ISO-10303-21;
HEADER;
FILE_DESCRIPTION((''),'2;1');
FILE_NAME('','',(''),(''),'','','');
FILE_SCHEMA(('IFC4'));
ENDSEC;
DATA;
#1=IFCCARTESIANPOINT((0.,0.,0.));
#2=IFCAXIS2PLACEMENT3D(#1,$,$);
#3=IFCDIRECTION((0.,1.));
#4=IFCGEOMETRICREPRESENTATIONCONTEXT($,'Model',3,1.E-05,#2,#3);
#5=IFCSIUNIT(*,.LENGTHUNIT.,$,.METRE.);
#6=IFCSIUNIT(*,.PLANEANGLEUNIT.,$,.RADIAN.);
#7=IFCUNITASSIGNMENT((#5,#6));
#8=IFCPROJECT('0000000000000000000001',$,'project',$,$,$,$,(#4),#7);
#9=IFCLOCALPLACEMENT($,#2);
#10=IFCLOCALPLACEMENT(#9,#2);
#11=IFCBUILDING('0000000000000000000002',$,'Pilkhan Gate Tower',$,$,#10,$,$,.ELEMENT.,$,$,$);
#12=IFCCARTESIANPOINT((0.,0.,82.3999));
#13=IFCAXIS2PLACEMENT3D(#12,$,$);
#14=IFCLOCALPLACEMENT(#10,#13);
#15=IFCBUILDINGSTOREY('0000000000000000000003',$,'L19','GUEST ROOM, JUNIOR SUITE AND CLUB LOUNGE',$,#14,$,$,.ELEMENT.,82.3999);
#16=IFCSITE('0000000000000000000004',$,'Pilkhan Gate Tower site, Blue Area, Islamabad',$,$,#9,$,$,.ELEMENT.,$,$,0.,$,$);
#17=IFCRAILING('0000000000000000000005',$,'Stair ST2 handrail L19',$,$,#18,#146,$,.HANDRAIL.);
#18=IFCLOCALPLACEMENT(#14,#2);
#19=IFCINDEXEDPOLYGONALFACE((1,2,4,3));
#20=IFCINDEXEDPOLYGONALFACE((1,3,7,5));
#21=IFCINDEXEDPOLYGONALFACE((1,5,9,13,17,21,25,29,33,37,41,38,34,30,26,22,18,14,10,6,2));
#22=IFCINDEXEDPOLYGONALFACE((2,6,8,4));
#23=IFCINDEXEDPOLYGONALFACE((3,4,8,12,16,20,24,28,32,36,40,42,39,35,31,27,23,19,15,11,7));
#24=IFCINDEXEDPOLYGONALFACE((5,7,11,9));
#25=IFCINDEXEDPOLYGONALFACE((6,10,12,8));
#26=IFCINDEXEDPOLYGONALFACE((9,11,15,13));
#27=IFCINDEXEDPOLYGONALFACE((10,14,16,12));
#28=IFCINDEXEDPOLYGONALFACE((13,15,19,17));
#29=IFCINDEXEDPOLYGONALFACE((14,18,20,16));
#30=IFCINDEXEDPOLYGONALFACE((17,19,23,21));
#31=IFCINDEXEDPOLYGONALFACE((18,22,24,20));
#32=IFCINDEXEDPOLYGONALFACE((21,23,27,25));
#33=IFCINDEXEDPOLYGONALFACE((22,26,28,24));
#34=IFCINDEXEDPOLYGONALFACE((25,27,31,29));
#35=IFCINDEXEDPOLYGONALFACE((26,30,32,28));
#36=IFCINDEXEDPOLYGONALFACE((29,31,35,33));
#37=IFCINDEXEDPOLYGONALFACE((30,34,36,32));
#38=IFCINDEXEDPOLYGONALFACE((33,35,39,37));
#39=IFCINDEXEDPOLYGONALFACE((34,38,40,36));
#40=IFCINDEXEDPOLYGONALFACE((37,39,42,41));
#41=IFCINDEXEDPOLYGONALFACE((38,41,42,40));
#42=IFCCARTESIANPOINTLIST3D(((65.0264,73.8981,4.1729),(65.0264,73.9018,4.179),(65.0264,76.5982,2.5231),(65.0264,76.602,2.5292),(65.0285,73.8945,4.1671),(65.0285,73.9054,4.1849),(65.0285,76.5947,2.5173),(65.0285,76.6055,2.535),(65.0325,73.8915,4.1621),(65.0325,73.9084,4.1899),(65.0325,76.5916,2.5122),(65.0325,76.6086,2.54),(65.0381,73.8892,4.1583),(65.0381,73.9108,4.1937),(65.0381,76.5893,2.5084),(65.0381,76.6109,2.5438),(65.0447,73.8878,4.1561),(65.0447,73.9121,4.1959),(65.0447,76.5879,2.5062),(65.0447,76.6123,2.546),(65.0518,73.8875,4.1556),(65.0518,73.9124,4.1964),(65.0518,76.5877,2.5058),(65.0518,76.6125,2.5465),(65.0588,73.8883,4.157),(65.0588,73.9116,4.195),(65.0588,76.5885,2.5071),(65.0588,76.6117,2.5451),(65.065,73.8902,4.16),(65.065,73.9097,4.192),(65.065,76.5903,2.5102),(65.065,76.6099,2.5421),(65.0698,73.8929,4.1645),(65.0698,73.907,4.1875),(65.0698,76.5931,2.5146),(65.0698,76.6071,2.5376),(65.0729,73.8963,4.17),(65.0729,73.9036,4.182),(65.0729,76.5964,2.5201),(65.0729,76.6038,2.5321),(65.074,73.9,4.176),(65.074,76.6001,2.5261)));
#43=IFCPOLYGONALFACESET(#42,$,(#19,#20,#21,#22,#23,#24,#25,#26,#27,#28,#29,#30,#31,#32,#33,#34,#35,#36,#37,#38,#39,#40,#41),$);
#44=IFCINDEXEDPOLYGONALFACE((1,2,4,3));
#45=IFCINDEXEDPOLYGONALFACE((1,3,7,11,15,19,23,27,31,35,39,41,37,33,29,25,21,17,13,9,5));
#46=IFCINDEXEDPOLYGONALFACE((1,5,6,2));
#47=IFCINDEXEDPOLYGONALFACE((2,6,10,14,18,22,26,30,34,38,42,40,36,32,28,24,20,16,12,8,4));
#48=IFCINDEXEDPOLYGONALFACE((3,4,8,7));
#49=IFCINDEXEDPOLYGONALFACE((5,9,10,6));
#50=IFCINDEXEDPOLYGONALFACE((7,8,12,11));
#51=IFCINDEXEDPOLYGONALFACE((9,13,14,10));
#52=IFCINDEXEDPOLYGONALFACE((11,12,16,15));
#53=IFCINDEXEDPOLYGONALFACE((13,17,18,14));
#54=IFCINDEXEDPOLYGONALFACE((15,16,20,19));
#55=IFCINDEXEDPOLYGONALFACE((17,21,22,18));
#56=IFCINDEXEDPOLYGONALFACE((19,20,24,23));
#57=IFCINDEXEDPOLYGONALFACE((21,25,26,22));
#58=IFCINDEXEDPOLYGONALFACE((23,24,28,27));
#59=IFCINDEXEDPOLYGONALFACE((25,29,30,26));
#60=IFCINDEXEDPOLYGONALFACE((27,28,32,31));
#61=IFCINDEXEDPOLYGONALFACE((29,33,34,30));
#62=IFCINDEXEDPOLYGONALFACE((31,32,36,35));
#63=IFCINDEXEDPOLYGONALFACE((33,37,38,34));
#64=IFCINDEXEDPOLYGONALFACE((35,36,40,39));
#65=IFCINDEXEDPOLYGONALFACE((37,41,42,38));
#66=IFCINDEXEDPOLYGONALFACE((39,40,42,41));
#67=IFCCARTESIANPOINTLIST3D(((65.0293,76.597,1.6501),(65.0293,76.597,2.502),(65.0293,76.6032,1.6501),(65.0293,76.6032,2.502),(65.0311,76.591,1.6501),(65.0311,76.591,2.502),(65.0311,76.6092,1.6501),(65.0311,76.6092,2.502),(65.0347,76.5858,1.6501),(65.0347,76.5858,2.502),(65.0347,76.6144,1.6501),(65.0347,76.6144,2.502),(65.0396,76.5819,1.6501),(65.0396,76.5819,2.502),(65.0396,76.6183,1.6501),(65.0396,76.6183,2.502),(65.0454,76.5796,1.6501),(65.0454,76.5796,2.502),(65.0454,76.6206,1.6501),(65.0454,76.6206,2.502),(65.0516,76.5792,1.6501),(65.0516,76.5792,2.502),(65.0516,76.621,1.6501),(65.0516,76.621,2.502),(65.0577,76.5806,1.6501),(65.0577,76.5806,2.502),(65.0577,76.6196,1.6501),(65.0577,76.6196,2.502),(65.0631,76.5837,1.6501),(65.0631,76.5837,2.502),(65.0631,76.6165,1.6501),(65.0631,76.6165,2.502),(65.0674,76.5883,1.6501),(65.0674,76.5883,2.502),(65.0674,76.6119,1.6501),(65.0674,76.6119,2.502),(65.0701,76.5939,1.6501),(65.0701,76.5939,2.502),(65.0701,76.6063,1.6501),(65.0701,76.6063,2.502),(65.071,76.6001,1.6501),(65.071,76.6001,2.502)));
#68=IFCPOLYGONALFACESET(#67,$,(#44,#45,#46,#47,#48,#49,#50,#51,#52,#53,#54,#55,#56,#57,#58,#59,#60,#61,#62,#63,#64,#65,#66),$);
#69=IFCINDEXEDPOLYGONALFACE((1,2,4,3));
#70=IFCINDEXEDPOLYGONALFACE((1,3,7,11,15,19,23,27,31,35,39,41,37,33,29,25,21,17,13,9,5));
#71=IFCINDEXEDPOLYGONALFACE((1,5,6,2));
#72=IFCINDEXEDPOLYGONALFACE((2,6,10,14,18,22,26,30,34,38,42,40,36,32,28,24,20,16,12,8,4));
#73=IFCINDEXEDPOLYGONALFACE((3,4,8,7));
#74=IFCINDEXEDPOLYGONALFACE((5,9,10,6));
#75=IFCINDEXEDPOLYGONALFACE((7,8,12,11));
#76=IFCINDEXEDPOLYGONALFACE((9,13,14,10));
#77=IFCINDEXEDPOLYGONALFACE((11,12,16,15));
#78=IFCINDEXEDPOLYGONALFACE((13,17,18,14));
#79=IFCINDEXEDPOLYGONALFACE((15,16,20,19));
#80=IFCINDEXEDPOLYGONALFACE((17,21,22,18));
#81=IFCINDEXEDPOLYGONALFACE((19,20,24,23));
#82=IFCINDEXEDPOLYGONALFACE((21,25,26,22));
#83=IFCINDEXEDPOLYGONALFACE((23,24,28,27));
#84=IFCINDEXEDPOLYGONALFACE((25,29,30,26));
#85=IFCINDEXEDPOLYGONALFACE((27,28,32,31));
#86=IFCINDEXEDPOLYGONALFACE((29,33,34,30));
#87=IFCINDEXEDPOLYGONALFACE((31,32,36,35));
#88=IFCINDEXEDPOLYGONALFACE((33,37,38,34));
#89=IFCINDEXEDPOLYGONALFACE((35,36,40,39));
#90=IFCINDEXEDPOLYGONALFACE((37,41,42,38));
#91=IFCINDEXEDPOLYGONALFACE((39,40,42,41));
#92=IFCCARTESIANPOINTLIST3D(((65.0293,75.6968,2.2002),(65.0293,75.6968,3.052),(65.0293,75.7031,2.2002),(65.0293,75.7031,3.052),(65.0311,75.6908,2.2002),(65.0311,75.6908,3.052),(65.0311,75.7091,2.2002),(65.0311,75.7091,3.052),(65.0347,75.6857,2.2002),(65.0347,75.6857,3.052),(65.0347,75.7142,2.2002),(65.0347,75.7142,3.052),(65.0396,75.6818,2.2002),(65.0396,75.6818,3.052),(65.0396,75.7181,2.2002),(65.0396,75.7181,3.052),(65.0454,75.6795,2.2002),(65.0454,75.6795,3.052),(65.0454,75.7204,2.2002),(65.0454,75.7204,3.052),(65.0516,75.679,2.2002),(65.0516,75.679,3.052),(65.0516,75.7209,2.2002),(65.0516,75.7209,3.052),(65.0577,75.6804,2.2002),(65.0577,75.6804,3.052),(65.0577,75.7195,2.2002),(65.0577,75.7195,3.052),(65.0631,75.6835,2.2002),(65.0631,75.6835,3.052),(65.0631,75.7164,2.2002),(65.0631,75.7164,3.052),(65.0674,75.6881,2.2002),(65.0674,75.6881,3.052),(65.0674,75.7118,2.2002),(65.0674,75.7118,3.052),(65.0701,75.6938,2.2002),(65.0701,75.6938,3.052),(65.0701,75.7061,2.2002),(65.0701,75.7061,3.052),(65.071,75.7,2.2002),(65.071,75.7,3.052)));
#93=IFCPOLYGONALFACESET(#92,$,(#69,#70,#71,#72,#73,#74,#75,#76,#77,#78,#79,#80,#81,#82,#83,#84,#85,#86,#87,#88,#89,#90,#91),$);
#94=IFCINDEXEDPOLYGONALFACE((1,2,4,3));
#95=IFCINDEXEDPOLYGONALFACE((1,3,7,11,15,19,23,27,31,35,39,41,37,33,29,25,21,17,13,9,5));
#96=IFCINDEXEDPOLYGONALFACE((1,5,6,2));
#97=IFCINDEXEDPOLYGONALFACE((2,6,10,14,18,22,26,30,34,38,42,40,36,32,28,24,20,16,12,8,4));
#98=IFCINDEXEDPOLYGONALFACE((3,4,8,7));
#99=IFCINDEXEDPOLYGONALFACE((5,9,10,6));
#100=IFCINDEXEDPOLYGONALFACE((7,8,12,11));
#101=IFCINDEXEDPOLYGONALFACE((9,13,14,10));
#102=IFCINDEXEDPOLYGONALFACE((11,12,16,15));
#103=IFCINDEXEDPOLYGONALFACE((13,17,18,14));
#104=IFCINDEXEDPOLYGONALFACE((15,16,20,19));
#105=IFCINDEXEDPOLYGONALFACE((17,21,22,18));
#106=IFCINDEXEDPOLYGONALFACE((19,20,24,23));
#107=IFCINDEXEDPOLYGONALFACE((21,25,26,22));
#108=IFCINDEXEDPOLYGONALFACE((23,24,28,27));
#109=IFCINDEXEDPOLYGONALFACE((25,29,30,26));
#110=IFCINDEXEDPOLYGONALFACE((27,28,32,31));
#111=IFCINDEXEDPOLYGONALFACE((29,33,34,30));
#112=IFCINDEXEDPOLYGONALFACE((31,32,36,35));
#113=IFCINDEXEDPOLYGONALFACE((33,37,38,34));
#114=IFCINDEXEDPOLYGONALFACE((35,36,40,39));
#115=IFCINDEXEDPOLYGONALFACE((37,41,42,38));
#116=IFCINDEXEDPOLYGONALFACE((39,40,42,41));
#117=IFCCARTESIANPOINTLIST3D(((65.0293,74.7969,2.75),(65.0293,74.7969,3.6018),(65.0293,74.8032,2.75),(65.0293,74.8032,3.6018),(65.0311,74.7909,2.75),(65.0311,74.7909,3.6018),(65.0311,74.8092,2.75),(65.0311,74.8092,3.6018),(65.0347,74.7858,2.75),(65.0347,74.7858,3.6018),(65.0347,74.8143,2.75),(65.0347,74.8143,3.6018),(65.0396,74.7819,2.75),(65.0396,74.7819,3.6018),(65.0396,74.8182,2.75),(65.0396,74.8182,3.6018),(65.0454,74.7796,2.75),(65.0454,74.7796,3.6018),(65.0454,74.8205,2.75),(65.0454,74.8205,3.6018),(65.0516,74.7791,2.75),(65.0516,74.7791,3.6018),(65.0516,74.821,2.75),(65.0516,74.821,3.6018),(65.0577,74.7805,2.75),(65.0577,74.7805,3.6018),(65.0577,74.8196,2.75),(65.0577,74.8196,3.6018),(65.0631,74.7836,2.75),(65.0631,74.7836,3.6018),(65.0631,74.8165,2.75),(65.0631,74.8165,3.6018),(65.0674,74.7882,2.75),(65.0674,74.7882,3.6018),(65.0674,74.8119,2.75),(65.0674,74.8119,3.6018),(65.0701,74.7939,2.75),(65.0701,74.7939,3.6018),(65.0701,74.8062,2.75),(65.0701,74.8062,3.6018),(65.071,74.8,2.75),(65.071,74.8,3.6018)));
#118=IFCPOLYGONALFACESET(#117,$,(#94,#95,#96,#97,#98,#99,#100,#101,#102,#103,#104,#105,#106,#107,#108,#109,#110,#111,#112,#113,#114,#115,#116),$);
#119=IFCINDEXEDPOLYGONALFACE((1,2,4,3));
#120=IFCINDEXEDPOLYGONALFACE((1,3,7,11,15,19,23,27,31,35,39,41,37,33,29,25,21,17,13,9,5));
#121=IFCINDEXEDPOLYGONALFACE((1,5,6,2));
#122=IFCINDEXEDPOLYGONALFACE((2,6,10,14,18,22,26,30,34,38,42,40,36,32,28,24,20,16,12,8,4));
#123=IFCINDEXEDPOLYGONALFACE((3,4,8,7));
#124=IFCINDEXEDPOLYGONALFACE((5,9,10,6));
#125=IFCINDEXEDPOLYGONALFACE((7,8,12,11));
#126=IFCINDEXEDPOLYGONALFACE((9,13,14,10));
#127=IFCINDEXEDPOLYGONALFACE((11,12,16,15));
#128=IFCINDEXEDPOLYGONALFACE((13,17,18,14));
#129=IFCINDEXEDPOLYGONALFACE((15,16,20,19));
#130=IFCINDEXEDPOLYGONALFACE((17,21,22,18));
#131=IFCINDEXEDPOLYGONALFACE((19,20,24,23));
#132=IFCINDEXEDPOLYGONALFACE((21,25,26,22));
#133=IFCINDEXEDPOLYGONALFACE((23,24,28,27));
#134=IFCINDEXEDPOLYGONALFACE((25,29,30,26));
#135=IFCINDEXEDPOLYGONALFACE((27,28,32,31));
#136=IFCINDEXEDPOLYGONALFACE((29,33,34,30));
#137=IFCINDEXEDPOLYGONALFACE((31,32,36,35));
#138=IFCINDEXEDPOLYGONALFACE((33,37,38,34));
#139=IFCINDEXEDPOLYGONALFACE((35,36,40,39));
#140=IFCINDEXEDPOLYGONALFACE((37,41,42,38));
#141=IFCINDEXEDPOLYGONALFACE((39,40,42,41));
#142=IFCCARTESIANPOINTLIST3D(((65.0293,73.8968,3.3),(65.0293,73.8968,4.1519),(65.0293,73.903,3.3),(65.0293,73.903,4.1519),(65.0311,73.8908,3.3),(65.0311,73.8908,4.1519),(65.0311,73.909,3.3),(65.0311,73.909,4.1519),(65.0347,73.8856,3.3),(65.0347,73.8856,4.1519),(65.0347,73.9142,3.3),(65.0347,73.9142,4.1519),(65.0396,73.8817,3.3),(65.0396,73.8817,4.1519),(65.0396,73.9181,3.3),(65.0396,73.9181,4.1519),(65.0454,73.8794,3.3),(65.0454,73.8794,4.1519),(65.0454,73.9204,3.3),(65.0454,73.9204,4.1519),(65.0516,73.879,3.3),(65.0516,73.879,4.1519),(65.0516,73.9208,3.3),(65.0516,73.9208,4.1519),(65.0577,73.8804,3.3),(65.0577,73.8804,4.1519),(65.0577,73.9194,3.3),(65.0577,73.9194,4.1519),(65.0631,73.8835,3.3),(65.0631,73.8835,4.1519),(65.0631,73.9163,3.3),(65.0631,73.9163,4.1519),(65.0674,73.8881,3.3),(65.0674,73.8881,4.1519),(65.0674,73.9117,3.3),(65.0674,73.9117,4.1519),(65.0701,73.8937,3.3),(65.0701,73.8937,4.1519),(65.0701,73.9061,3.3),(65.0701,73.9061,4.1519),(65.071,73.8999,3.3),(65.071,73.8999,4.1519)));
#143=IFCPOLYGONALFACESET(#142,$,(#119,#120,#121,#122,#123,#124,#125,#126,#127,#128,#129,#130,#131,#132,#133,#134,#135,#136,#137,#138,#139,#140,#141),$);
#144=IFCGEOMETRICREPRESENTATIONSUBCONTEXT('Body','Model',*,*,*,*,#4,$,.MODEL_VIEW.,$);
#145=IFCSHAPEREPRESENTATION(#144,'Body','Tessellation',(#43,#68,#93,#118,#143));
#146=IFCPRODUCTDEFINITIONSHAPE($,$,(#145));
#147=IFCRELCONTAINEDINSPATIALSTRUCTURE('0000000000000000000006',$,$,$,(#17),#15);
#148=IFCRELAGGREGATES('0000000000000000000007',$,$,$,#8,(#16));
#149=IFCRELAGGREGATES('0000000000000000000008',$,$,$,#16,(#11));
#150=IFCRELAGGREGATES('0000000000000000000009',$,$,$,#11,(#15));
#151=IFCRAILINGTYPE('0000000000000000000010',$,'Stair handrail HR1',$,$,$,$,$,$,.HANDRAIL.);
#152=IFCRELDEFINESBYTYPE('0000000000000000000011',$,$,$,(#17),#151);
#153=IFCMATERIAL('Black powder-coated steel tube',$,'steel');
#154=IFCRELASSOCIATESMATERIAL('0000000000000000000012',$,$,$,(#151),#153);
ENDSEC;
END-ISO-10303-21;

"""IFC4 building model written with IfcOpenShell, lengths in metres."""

from ifc_helpers import new_model, si_unit, direction, frame, origin, origin_2d, place, context, subcontext, project, spatial, circle, extrude, material, type_object, element, save


model = new_model("IFC4")

# Units and contexts
model_context = context("Model", 3, precision=1e-05, world=origin(), true_north=direction((0.0, 1.0)))
body_context = subcontext(model_context, "Body", "Model", "MODEL_VIEW")
ifc_project = project(units=[si_unit("LENGTHUNIT", "METRE"), si_unit("PLANEANGLEUNIT", "RADIAN")], contexts=[model_context])

# Site, building, storey
site_placement = place(None, origin())
site = spatial("IfcSite", under=ifc_project, at=site_placement, Name="Pilkhan Gate Tower site, Blue Area, Islamabad", CompositionType="ELEMENT", RefElevation=0.0)
building_placement = place(site_placement, origin())
building = spatial("IfcBuilding", under=site, at=building_placement, Name="Pilkhan Gate Tower", CompositionType="ELEMENT")
storey_placement = place(building_placement, frame((0.0, 0.0, 82.3999)))
storey = spatial("IfcBuildingStorey", under=building, at=storey_placement, Name="L19", Description="GUEST ROOM, JUNIOR SUITE AND CLUB LOUNGE", CompositionType="ELEMENT", Elevation=82.3999)

# Railing
ifc_material_1 = material(Name="Black powder-coated steel tube", Category="steel")
railing_type_1 = type_object("IfcRailingType", Name="Stair handrail HR1", PredefinedType="HANDRAIL", material=ifc_material_1)
railing_1_placement = place(storey_placement, frame((65.05, 76.6001, 1.6501)))
element("IfcRailing", 1, at=railing_1_placement, inside=storey, type_object=railing_type_1, Name="Stair ST2 handrail L19", PredefinedType="HANDRAIL", context=body_context, shape_type="SweptSolid", body=[
    extrude(circle(Radius=0.0239, at=origin_2d()), frame((0.0, 0.0, 0.876), z_axis=(0.0, -0.853312, 0.5214), x_axis=(1.0, 0.0, 0.0)), (0.0, 0.0, 1.0), 3.1643),
    extrude(circle(Radius=0.021, at=origin_2d()), origin(), (0.0, 0.0, 1.0), 0.8518),
    extrude(circle(Radius=0.021, at=origin_2d()), frame((0.0, -0.9001, 0.55)), (0.0, 0.0, 1.0), 0.8518),
    extrude(circle(Radius=0.021, at=origin_2d()), frame((0.0, -1.8, 1.0999)), (0.0, 0.0, 1.0), 0.8518),
    extrude(circle(Radius=0.021, at=origin_2d()), frame((0.0, -2.7002, 1.6499)), (0.0, 0.0, 1.0), 0.8518),
])

save(model, "model.ifc")
